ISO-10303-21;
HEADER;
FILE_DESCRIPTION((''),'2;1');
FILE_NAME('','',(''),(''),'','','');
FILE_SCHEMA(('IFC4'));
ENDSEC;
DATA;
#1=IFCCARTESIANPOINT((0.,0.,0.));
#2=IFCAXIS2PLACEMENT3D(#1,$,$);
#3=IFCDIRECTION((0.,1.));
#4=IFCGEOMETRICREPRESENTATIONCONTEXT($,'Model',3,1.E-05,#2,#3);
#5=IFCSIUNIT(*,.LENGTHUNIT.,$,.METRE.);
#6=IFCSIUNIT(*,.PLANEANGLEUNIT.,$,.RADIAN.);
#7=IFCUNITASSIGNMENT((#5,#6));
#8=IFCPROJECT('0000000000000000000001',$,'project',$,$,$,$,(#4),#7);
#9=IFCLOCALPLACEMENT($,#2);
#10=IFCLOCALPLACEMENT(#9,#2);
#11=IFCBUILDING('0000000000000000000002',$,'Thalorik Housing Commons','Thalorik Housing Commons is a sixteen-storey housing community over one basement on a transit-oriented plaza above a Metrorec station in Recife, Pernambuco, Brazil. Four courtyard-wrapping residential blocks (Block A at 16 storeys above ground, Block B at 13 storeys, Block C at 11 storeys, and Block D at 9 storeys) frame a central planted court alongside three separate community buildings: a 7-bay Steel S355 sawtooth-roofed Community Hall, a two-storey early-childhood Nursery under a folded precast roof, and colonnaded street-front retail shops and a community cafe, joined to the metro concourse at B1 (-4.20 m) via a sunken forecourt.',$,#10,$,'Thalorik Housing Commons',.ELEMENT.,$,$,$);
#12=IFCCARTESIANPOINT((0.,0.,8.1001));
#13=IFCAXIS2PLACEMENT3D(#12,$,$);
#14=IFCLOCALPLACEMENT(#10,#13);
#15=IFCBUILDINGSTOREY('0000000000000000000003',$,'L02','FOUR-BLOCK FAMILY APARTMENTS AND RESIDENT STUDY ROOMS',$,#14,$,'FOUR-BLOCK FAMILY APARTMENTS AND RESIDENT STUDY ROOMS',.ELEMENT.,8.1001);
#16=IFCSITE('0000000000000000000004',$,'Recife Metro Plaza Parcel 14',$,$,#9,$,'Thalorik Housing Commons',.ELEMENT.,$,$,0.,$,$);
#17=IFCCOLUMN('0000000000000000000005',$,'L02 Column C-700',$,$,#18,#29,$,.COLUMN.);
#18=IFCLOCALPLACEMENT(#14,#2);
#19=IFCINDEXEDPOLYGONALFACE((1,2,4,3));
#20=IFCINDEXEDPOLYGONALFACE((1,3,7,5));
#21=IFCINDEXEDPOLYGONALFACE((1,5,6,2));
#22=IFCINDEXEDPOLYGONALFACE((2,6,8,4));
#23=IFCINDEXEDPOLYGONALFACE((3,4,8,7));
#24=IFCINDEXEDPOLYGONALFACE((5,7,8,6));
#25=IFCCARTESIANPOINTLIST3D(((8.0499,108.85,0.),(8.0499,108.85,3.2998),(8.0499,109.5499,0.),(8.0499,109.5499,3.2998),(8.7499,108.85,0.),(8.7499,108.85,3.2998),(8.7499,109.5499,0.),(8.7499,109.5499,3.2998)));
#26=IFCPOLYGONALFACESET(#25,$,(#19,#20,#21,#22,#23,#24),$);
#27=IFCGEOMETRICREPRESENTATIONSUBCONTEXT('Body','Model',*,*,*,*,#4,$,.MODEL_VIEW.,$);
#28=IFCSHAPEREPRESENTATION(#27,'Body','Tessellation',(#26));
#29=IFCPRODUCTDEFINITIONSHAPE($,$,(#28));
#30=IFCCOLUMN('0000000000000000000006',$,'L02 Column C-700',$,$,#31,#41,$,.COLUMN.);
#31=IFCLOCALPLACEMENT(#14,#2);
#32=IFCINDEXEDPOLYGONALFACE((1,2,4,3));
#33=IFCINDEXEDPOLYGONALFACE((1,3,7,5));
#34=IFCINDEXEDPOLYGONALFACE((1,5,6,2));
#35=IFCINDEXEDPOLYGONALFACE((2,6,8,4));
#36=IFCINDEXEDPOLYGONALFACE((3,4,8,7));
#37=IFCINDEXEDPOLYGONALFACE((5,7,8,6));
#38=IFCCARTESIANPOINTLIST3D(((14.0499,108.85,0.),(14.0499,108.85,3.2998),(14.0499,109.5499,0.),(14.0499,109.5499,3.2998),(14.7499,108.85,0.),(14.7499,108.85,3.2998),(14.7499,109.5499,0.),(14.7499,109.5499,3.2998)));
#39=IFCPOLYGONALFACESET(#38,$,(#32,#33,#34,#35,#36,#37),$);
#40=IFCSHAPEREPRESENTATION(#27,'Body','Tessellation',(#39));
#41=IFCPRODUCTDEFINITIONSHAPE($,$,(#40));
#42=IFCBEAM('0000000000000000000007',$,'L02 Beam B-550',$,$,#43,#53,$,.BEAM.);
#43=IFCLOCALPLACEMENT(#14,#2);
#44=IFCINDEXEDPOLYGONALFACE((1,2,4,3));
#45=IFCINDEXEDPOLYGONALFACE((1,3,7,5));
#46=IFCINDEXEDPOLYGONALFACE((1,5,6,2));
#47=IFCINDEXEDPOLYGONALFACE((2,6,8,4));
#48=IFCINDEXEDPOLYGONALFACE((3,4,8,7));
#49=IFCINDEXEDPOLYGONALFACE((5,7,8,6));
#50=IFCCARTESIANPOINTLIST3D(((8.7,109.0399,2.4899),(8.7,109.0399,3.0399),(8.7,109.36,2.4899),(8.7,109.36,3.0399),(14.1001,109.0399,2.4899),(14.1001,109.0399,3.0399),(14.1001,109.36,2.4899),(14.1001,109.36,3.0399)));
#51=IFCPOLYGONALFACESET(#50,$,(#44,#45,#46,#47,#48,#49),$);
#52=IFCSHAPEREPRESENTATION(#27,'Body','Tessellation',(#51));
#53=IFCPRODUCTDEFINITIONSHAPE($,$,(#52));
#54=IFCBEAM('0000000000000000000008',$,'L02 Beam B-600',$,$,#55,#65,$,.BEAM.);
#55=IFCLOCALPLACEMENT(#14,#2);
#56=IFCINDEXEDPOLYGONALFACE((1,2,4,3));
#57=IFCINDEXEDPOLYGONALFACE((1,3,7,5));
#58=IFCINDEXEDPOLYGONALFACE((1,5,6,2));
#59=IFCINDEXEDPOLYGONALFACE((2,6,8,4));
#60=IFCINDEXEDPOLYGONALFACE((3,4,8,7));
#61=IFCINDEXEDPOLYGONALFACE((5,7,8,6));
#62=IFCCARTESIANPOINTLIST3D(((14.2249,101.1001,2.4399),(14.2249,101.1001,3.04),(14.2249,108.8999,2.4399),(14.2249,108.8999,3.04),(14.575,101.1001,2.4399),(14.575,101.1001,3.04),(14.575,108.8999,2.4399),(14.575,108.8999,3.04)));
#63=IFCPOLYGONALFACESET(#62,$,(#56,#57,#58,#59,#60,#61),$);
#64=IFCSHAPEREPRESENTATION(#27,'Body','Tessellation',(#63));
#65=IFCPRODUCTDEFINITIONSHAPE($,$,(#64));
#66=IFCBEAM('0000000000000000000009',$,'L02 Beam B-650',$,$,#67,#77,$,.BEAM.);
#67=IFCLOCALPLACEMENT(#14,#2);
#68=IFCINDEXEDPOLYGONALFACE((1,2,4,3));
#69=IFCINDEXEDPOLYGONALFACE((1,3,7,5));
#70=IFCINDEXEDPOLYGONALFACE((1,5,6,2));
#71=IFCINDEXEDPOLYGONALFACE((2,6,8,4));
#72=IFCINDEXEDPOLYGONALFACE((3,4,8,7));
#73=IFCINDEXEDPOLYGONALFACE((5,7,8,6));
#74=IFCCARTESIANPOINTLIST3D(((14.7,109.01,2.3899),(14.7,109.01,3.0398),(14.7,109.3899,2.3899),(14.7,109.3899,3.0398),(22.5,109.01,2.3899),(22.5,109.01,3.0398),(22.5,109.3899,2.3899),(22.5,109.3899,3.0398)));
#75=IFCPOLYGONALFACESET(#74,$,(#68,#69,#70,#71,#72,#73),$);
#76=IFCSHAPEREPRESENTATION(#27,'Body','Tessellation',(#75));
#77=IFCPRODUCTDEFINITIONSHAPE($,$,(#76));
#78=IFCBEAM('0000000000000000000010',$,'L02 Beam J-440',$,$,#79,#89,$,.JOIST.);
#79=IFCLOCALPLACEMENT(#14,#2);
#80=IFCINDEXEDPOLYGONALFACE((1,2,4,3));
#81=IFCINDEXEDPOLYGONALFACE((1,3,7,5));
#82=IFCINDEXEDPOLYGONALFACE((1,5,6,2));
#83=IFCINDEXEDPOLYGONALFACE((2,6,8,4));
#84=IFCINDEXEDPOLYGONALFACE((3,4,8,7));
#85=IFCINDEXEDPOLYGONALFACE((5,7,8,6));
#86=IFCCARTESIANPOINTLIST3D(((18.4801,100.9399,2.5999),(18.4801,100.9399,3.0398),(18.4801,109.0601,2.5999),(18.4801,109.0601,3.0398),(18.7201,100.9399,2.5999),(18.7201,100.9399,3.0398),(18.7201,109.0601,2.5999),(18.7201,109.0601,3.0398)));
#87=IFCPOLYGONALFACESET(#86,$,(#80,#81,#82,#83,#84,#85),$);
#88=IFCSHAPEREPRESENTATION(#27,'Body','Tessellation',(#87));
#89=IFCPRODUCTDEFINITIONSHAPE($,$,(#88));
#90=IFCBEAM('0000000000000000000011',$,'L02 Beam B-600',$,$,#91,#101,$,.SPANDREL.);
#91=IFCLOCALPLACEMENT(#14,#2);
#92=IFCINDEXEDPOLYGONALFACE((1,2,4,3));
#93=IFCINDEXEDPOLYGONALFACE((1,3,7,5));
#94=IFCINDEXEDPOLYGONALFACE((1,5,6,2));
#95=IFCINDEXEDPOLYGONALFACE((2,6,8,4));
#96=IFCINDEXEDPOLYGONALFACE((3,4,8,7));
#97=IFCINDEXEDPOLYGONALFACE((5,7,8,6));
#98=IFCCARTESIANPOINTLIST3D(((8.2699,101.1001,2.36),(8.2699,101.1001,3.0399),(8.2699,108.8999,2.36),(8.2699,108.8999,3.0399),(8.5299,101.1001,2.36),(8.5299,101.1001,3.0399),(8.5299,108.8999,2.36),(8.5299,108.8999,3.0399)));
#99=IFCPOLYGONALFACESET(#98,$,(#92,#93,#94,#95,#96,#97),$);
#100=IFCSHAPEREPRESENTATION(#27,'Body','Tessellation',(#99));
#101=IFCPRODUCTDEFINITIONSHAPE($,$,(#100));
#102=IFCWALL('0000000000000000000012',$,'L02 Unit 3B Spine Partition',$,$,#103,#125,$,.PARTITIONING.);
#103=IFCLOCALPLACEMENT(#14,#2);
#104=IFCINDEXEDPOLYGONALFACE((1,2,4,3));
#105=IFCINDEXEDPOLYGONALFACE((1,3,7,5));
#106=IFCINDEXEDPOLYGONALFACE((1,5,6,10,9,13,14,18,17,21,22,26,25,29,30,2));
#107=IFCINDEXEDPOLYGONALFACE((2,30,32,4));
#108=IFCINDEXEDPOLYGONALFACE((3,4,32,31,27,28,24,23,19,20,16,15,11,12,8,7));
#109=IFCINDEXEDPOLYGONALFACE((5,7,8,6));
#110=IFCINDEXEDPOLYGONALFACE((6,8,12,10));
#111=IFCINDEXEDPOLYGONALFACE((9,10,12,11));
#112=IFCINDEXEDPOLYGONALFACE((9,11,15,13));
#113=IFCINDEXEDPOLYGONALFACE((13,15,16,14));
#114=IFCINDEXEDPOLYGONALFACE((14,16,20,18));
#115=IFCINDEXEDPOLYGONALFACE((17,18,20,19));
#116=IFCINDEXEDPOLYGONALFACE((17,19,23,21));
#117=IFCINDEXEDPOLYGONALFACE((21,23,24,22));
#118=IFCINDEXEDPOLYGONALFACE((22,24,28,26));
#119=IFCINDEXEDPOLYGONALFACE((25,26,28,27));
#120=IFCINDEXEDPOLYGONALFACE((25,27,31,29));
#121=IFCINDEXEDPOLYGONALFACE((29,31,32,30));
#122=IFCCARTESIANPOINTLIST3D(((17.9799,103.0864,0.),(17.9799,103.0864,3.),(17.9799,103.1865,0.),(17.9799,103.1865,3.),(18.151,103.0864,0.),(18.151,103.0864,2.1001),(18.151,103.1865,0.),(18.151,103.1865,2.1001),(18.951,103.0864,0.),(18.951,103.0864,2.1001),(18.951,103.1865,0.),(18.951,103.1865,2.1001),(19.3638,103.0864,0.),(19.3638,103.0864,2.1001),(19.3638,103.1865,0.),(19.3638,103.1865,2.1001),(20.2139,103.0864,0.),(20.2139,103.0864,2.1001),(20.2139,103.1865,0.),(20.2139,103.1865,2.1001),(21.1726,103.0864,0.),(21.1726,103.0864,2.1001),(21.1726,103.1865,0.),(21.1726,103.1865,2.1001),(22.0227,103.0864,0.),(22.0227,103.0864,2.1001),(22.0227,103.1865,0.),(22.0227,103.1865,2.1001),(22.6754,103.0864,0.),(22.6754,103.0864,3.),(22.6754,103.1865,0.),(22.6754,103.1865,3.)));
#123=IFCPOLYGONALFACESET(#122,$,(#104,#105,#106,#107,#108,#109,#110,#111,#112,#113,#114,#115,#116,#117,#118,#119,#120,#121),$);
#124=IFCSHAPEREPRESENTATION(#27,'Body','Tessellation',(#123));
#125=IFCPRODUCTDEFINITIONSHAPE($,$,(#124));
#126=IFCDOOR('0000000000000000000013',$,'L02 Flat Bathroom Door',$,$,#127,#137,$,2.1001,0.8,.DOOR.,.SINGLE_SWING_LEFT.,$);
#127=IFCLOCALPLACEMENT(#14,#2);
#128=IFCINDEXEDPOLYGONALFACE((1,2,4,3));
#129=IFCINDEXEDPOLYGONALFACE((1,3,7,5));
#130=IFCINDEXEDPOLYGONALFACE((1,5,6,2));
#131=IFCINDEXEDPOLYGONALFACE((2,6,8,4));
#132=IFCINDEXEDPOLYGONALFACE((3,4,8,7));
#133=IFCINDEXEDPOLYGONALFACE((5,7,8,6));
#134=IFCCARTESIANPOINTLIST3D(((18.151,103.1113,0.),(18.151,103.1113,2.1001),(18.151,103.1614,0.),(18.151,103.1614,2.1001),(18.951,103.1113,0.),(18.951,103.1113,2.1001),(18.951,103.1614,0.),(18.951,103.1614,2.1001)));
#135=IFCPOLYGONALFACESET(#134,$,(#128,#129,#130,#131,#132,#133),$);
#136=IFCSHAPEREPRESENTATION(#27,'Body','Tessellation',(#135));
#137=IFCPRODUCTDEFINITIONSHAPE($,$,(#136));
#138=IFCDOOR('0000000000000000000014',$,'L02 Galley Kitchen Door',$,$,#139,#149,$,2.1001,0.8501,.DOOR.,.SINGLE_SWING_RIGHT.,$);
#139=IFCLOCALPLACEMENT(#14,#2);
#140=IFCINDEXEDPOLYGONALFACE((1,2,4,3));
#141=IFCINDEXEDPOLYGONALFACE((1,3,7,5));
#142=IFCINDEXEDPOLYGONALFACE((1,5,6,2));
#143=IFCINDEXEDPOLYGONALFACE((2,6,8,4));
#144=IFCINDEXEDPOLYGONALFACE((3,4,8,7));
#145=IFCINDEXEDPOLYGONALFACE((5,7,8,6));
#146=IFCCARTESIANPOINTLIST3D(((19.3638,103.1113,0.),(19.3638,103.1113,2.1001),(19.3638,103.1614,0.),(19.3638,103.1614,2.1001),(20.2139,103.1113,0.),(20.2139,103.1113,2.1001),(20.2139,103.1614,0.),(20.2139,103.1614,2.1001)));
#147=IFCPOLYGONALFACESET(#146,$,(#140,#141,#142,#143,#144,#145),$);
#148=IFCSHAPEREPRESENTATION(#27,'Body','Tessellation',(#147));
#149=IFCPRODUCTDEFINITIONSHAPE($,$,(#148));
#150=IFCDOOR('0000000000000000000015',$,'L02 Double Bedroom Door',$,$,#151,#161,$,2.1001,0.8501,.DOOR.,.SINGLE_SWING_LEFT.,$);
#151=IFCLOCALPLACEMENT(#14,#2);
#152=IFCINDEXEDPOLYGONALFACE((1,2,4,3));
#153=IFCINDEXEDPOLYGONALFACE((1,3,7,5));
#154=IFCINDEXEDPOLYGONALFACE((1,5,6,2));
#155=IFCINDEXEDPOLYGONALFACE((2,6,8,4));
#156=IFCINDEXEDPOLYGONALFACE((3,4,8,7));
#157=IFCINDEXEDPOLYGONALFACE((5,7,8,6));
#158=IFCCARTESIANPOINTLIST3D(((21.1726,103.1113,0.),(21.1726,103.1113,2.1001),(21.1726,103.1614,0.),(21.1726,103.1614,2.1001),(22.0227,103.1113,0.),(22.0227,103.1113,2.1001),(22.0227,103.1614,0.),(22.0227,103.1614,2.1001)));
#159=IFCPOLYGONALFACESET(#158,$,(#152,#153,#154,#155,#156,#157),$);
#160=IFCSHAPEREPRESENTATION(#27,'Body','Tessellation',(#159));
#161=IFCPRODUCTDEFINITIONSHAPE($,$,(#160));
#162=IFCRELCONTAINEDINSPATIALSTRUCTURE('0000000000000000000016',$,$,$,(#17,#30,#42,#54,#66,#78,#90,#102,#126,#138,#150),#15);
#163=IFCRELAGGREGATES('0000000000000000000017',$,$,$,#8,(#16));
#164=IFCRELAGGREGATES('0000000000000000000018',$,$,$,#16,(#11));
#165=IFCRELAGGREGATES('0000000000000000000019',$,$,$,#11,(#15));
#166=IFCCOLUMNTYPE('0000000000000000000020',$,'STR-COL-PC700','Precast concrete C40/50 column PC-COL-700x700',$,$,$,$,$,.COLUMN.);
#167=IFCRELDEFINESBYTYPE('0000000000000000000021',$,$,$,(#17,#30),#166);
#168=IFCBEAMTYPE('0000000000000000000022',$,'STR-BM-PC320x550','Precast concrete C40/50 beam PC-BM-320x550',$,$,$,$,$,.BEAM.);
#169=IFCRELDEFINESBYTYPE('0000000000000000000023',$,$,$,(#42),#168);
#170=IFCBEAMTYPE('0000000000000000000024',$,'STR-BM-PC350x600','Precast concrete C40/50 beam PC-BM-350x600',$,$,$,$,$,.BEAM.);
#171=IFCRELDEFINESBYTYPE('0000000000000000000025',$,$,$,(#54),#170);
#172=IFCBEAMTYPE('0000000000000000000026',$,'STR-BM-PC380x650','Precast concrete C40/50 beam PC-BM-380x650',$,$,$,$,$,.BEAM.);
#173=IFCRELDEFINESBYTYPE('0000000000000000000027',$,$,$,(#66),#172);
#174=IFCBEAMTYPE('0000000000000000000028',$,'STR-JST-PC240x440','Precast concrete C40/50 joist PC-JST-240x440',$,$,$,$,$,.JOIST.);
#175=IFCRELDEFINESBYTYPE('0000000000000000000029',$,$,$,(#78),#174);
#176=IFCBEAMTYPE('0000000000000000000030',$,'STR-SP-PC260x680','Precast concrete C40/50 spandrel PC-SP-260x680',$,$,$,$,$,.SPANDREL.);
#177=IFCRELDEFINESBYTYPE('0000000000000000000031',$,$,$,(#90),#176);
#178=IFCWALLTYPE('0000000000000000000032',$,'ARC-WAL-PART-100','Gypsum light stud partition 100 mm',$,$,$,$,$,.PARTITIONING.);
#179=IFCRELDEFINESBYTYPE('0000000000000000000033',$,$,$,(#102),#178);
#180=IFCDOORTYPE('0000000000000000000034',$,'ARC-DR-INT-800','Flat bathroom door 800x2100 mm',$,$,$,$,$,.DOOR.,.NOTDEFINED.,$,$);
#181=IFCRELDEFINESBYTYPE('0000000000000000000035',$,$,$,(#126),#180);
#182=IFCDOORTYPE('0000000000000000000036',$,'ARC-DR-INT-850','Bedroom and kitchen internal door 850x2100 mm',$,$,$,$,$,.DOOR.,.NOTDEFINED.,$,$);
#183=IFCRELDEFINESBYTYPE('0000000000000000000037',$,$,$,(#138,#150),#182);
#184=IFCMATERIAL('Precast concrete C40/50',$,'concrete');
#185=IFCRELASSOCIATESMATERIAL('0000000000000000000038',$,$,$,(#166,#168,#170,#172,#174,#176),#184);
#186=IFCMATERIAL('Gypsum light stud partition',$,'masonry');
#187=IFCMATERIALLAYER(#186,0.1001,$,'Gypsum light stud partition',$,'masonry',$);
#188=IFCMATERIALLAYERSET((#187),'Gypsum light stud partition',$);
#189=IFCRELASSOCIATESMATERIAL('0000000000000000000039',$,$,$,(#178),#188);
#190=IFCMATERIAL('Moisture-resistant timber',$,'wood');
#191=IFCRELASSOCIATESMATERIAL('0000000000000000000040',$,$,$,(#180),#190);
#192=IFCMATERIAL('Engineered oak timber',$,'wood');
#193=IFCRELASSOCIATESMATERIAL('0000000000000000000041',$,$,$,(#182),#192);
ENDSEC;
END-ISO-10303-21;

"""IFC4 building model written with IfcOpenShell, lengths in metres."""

from ifc_helpers import new_model, si_unit, direction, frame, frame_2d, origin, origin_2d, place, context, subcontext, project, spatial, rectangle, extrude, material, layer, layer_set, material_profile, profile_set, type_object, element, fill, save


model = new_model("IFC4")

# Units and contexts
model_context = context("Model", 3, precision=1e-05, world=origin(), true_north=direction((0.0, 1.0)))
body_context = subcontext(model_context, "Body", "Model", "MODEL_VIEW")
ifc_project = project(units=[si_unit("LENGTHUNIT", "METRE"), si_unit("PLANEANGLEUNIT", "RADIAN")], contexts=[model_context])

# Site, building, storey
site_placement = place(None, origin())
site = spatial("IfcSite", under=ifc_project, at=site_placement, Name="Recife Metro Plaza Parcel 14", LongName="Thalorik Housing Commons", CompositionType="ELEMENT", RefElevation=0.0)
building_placement = place(site_placement, origin())
building = spatial("IfcBuilding", under=site, at=building_placement, Name="Thalorik Housing Commons", Description="Thalorik Housing Commons is a sixteen-storey housing community over one basement on a transit-oriented plaza above a Metrorec station in Recife, Pernambuco, Brazil. Four courtyard-wrapping residential blocks (Block A at 16 storeys above ground, Block B at 13 storeys, Block C at 11 storeys, and Block D at 9 storeys) frame a central planted court alongside three separate community buildings: a 7-bay Steel S355 sawtooth-roofed Community Hall, a two-storey early-childhood Nursery under a folded precast roof, and colonnaded street-front retail shops and a community cafe, joined to the metro concourse at B1 (-4.20 m) via a sunken forecourt.", LongName="Thalorik Housing Commons", CompositionType="ELEMENT")
storey_placement = place(building_placement, frame((0.0, 0.0, 8.1001)))
storey = spatial("IfcBuildingStorey", under=building, at=storey_placement, Name="L02", Description="FOUR-BLOCK FAMILY APARTMENTS AND RESIDENT STUDY ROOMS", LongName="FOUR-BLOCK FAMILY APARTMENTS AND RESIDENT STUDY ROOMS", CompositionType="ELEMENT", Elevation=8.1001)

# Columns
ifc_material_1 = material(Name="Precast concrete C40/50", Category="concrete")
ifc_material_profile_1 = material_profile(ifc_material_1, rectangle(XDim=0.7, YDim=0.7, at=origin_2d()), Name="PC 700x700", Category="concrete")
ifc_profile_set_1 = profile_set([ifc_material_profile_1], Name="Precast concrete C40/50")
column_type = type_object("IfcColumnType", Name="STR-COL-PC700", Description="Precast concrete C40/50 column PC-COL-700x700", PredefinedType="COLUMN", material=ifc_profile_set_1)
for number, where, z_axis, x_axis, name in (
    (1, (8.3999, 109.2, 0.0), (0.0, 0.0, 1.0), (1.0, 0.0, 0.0), "L02 Column C-700"),
    (2, (14.3999, 109.2, 0.0), (0.0, 0.0, 1.0), (1.0, 0.0, 0.0), "L02 Column C-700"),
):
    element("IfcColumn", number, at=place(storey_placement, frame(where, z_axis=z_axis, x_axis=x_axis)), inside=storey, type_object=column_type, Name=name, PredefinedType="COLUMN", context=body_context, shape_type="SweptSolid", body=[
        extrude(rectangle(XDim=0.7, YDim=0.7, at=origin_2d()), origin(), (0.0, 0.0, 1.0), 3.2998),
    ])

# Beams
ifc_material_profile_2 = material_profile(ifc_material_1, rectangle(XDim=0.3201, YDim=0.55, at=origin_2d()), Name="PC 320x550", Category="concrete")
ifc_profile_set_2 = profile_set([ifc_material_profile_2], Name="Precast concrete C40/50")
beam_type_1 = type_object("IfcBeamType", Name="STR-BM-PC320x550", Description="Precast concrete C40/50 beam PC-BM-320x550", PredefinedType="BEAM", material=ifc_profile_set_2)
beam_1_placement = place(storey_placement, frame((8.7, 109.2, 2.7649), z_axis=(1.0, 0.0, 0.0), x_axis=(0.0, 1.0, 0.0)))
element("IfcBeam", 3, at=beam_1_placement, inside=storey, type_object=beam_type_1, Name="L02 Beam B-550", PredefinedType="BEAM", context=body_context, shape_type="SweptSolid", body=[
    extrude(rectangle(XDim=0.3201, YDim=0.55, at=origin_2d()), origin(), (0.0, 0.0, 1.0), 5.4001),
])
ifc_material_profile_3 = material_profile(ifc_material_1, rectangle(XDim=0.3501, YDim=0.6001, at=origin_2d()), Name="PC 350x600", Category="concrete")
ifc_profile_set_3 = profile_set([ifc_material_profile_3], Name="Precast concrete C40/50")
beam_type_2 = type_object("IfcBeamType", Name="STR-BM-PC350x600", Description="Precast concrete C40/50 beam PC-BM-350x600", PredefinedType="BEAM", material=ifc_profile_set_3)
beam_2_placement = place(storey_placement, frame((14.3999, 101.1001, 2.74), z_axis=(0.0, 1.0, 0.0), x_axis=(-1.0, 0.0, 0.0)))
element("IfcBeam", 4, at=beam_2_placement, inside=storey, type_object=beam_type_2, Name="L02 Beam B-600", PredefinedType="BEAM", context=body_context, shape_type="SweptSolid", body=[
    extrude(rectangle(XDim=0.3501, YDim=0.6001, at=origin_2d()), origin(), (0.0, 0.0, 1.0), 7.7998),
])
ifc_material_profile_4 = material_profile(ifc_material_1, rectangle(XDim=0.3799, YDim=0.6499, at=origin_2d()), Name="PC 380x650", Category="concrete")
ifc_profile_set_4 = profile_set([ifc_material_profile_4], Name="Precast concrete C40/50")
beam_type_3 = type_object("IfcBeamType", Name="STR-BM-PC380x650", Description="Precast concrete C40/50 beam PC-BM-380x650", PredefinedType="BEAM", material=ifc_profile_set_4)
beam_3_placement = place(storey_placement, frame((14.7, 109.2, 2.7148), z_axis=(1.0, 0.0, 0.0), x_axis=(0.0, 1.0, 0.0)))
element("IfcBeam", 5, at=beam_3_placement, inside=storey, type_object=beam_type_3, Name="L02 Beam B-650", PredefinedType="BEAM", context=body_context, shape_type="SweptSolid", body=[
    extrude(rectangle(XDim=0.3799, YDim=0.6499, at=origin_2d()), origin(), (0.0, 0.0, 1.0), 7.8),
])
ifc_material_profile_5 = material_profile(ifc_material_1, rectangle(XDim=0.24, YDim=0.4399, at=origin_2d()), Name="PC JST 240x440", Category="concrete")
ifc_profile_set_5 = profile_set([ifc_material_profile_5], Name="Precast concrete C40/50")
beam_type_4 = type_object("IfcBeamType", Name="STR-JST-PC240x440", Description="Precast concrete C40/50 joist PC-JST-240x440", PredefinedType="JOIST", material=ifc_profile_set_5)
beam_4_placement = place(storey_placement, frame((18.6001, 100.9399, 2.8198), z_axis=(0.0, 1.0, 0.0), x_axis=(-1.0, 0.0, 0.0)))
element("IfcBeam", 6, at=beam_4_placement, inside=storey, type_object=beam_type_4, Name="L02 Beam J-440", PredefinedType="JOIST", context=body_context, shape_type="SweptSolid", body=[
    extrude(rectangle(XDim=0.24, YDim=0.4399, at=origin_2d()), origin(), (0.0, 0.0, 1.0), 8.1201),
])
ifc_material_profile_6 = material_profile(ifc_material_1, rectangle(XDim=0.26, YDim=0.6799, at=origin_2d()), Name="PC SP 260x680", Category="concrete")
ifc_profile_set_6 = profile_set([ifc_material_profile_6], Name="Precast concrete C40/50")
beam_type_5 = type_object("IfcBeamType", Name="STR-SP-PC260x680", Description="Precast concrete C40/50 spandrel PC-SP-260x680", PredefinedType="SPANDREL", material=ifc_profile_set_6)
beam_5_placement = place(storey_placement, frame((8.3999, 101.1001, 2.7), z_axis=(0.0, 1.0, 0.0), x_axis=(-1.0, 0.0, 0.0)))
element("IfcBeam", 7, at=beam_5_placement, inside=storey, type_object=beam_type_5, Name="L02 Beam B-600", PredefinedType="SPANDREL", context=body_context, shape_type="SweptSolid", body=[
    extrude(rectangle(XDim=0.26, YDim=0.6799, at=origin_2d()), origin(), (0.0, 0.0, 1.0), 7.7998),
])

# Wall, openings, doors
ifc_material_2 = material(Name="Gypsum light stud partition", Category="masonry")
ifc_layer_1 = layer(ifc_material_2, 0.1001, Name="Gypsum light stud partition", Category="masonry")
ifc_layer_set_1 = layer_set([ifc_layer_1], Name="Gypsum light stud partition")
wall_type_1 = type_object("IfcWallType", Name="ARC-WAL-PART-100", Description="Gypsum light stud partition 100 mm", PredefinedType="PARTITIONING", material=ifc_layer_set_1)
wall_1_placement = place(storey_placement, frame((17.98, 103.1365, 0.0), z_axis=(0.0, 0.0, 1.0), x_axis=(1.0, 0.0, 0.0)))
wall_1 = element("IfcWall", 8, at=wall_1_placement, inside=storey, type_object=wall_type_1, Name="L02 Unit 3B Spine Partition", PredefinedType="PARTITIONING", context=body_context, shape_type="SweptSolid", body=[
    extrude(rectangle(XDim=4.6956, YDim=0.1001, at=frame_2d((2.3477, 0.0))), origin(), (0.0, 0.0, 1.0), 3.0),
])
opening_1_placement = place(wall_1_placement, frame((0.1711, 0.0, 0.0)))
opening_1 = element("IfcOpeningElement", 9, at=opening_1_placement, cuts=wall_1, PredefinedType="OPENING", context=body_context, shape_type="SweptSolid", body=[
    extrude(rectangle(XDim=0.8, YDim=2.1001, at=frame_2d((0.3999, 1.05))), frame((0.0, 0.0601, 0.0), z_axis=(0.0, -1.0, 0.0), x_axis=(1.0, 0.0, 0.0)), (0.0, 0.0, 1.0), 0.1201),
])
opening_2_placement = place(wall_1_placement, frame((1.3838, 0.0, 0.0)))
opening_2 = element("IfcOpeningElement", 10, at=opening_2_placement, cuts=wall_1, PredefinedType="OPENING", context=body_context, shape_type="SweptSolid", body=[
    extrude(rectangle(XDim=0.8501, YDim=2.1001, at=frame_2d((0.425, 1.05))), frame((0.0, 0.0601, 0.0), z_axis=(0.0, -1.0, 0.0), x_axis=(1.0, 0.0, 0.0)), (0.0, 0.0, 1.0), 0.1201),
])
opening_3_placement = place(wall_1_placement, frame((3.1926, 0.0, 0.0)))
opening_3 = element("IfcOpeningElement", 11, at=opening_3_placement, cuts=wall_1, PredefinedType="OPENING", context=body_context, shape_type="SweptSolid", body=[
    extrude(rectangle(XDim=0.8501, YDim=2.1001, at=frame_2d((0.425, 1.05))), frame((0.0, 0.0601, 0.0), z_axis=(0.0, -1.0, 0.0), x_axis=(1.0, 0.0, 0.0)), (0.0, 0.0, 1.0), 0.1201),
])
ifc_material_3 = material(Name="Moisture-resistant timber", Category="wood")
door_type_1 = type_object("IfcDoorType", Name="ARC-DR-INT-800", Description="Flat bathroom door 800x2100 mm", OperationType="NOTDEFINED", PredefinedType="DOOR", material=ifc_material_3)
door_1_placement = place(opening_1_placement, origin())
door_1 = element("IfcDoor", 12, at=door_1_placement, inside=storey, type_object=door_type_1, Name="L02 Flat Bathroom Door", OperationType="SINGLE_SWING_LEFT", OverallHeight=2.1001, OverallWidth=0.8, PredefinedType="DOOR", context=body_context, shape_type="SweptSolid", body=[
    extrude(rectangle(XDim=0.8, YDim=2.1001, at=frame_2d((0.3999, 1.05))), frame((0.0, 0.0249, 0.0), z_axis=(0.0, -1.0, 0.0), x_axis=(1.0, 0.0, 0.0)), (0.0, 0.0, 1.0), 0.05),
])
fill(opening_1, door_1)
ifc_material_4 = material(Name="Engineered oak timber", Category="wood")
door_type_2 = type_object("IfcDoorType", Name="ARC-DR-INT-850", Description="Bedroom and kitchen internal door 850x2100 mm", OperationType="NOTDEFINED", PredefinedType="DOOR", material=ifc_material_4)
door_2_placement = place(opening_2_placement, origin())
door_2 = element("IfcDoor", 13, at=door_2_placement, inside=storey, type_object=door_type_2, Name="L02 Galley Kitchen Door", OperationType="SINGLE_SWING_RIGHT", OverallHeight=2.1001, OverallWidth=0.8501, PredefinedType="DOOR", context=body_context, shape_type="SweptSolid", body=[
    extrude(rectangle(XDim=0.8501, YDim=2.1001, at=frame_2d((0.425, 1.05))), frame((0.0, 0.0249, 0.0), z_axis=(0.0, -1.0, 0.0), x_axis=(1.0, 0.0, 0.0)), (0.0, 0.0, 1.0), 0.05),
])
fill(opening_2, door_2)
door_3_placement = place(opening_3_placement, origin())
door_3 = element("IfcDoor", 14, at=door_3_placement, inside=storey, type_object=door_type_2, Name="L02 Double Bedroom Door", OperationType="SINGLE_SWING_LEFT", OverallHeight=2.1001, OverallWidth=0.8501, PredefinedType="DOOR", context=body_context, shape_type="SweptSolid", body=[
    extrude(rectangle(XDim=0.8501, YDim=2.1001, at=frame_2d((0.425, 1.05))), frame((0.0, 0.0249, 0.0), z_axis=(0.0, -1.0, 0.0), x_axis=(1.0, 0.0, 0.0)), (0.0, 0.0, 1.0), 0.05),
])
fill(opening_3, door_3)

save(model, "model.ifc")
